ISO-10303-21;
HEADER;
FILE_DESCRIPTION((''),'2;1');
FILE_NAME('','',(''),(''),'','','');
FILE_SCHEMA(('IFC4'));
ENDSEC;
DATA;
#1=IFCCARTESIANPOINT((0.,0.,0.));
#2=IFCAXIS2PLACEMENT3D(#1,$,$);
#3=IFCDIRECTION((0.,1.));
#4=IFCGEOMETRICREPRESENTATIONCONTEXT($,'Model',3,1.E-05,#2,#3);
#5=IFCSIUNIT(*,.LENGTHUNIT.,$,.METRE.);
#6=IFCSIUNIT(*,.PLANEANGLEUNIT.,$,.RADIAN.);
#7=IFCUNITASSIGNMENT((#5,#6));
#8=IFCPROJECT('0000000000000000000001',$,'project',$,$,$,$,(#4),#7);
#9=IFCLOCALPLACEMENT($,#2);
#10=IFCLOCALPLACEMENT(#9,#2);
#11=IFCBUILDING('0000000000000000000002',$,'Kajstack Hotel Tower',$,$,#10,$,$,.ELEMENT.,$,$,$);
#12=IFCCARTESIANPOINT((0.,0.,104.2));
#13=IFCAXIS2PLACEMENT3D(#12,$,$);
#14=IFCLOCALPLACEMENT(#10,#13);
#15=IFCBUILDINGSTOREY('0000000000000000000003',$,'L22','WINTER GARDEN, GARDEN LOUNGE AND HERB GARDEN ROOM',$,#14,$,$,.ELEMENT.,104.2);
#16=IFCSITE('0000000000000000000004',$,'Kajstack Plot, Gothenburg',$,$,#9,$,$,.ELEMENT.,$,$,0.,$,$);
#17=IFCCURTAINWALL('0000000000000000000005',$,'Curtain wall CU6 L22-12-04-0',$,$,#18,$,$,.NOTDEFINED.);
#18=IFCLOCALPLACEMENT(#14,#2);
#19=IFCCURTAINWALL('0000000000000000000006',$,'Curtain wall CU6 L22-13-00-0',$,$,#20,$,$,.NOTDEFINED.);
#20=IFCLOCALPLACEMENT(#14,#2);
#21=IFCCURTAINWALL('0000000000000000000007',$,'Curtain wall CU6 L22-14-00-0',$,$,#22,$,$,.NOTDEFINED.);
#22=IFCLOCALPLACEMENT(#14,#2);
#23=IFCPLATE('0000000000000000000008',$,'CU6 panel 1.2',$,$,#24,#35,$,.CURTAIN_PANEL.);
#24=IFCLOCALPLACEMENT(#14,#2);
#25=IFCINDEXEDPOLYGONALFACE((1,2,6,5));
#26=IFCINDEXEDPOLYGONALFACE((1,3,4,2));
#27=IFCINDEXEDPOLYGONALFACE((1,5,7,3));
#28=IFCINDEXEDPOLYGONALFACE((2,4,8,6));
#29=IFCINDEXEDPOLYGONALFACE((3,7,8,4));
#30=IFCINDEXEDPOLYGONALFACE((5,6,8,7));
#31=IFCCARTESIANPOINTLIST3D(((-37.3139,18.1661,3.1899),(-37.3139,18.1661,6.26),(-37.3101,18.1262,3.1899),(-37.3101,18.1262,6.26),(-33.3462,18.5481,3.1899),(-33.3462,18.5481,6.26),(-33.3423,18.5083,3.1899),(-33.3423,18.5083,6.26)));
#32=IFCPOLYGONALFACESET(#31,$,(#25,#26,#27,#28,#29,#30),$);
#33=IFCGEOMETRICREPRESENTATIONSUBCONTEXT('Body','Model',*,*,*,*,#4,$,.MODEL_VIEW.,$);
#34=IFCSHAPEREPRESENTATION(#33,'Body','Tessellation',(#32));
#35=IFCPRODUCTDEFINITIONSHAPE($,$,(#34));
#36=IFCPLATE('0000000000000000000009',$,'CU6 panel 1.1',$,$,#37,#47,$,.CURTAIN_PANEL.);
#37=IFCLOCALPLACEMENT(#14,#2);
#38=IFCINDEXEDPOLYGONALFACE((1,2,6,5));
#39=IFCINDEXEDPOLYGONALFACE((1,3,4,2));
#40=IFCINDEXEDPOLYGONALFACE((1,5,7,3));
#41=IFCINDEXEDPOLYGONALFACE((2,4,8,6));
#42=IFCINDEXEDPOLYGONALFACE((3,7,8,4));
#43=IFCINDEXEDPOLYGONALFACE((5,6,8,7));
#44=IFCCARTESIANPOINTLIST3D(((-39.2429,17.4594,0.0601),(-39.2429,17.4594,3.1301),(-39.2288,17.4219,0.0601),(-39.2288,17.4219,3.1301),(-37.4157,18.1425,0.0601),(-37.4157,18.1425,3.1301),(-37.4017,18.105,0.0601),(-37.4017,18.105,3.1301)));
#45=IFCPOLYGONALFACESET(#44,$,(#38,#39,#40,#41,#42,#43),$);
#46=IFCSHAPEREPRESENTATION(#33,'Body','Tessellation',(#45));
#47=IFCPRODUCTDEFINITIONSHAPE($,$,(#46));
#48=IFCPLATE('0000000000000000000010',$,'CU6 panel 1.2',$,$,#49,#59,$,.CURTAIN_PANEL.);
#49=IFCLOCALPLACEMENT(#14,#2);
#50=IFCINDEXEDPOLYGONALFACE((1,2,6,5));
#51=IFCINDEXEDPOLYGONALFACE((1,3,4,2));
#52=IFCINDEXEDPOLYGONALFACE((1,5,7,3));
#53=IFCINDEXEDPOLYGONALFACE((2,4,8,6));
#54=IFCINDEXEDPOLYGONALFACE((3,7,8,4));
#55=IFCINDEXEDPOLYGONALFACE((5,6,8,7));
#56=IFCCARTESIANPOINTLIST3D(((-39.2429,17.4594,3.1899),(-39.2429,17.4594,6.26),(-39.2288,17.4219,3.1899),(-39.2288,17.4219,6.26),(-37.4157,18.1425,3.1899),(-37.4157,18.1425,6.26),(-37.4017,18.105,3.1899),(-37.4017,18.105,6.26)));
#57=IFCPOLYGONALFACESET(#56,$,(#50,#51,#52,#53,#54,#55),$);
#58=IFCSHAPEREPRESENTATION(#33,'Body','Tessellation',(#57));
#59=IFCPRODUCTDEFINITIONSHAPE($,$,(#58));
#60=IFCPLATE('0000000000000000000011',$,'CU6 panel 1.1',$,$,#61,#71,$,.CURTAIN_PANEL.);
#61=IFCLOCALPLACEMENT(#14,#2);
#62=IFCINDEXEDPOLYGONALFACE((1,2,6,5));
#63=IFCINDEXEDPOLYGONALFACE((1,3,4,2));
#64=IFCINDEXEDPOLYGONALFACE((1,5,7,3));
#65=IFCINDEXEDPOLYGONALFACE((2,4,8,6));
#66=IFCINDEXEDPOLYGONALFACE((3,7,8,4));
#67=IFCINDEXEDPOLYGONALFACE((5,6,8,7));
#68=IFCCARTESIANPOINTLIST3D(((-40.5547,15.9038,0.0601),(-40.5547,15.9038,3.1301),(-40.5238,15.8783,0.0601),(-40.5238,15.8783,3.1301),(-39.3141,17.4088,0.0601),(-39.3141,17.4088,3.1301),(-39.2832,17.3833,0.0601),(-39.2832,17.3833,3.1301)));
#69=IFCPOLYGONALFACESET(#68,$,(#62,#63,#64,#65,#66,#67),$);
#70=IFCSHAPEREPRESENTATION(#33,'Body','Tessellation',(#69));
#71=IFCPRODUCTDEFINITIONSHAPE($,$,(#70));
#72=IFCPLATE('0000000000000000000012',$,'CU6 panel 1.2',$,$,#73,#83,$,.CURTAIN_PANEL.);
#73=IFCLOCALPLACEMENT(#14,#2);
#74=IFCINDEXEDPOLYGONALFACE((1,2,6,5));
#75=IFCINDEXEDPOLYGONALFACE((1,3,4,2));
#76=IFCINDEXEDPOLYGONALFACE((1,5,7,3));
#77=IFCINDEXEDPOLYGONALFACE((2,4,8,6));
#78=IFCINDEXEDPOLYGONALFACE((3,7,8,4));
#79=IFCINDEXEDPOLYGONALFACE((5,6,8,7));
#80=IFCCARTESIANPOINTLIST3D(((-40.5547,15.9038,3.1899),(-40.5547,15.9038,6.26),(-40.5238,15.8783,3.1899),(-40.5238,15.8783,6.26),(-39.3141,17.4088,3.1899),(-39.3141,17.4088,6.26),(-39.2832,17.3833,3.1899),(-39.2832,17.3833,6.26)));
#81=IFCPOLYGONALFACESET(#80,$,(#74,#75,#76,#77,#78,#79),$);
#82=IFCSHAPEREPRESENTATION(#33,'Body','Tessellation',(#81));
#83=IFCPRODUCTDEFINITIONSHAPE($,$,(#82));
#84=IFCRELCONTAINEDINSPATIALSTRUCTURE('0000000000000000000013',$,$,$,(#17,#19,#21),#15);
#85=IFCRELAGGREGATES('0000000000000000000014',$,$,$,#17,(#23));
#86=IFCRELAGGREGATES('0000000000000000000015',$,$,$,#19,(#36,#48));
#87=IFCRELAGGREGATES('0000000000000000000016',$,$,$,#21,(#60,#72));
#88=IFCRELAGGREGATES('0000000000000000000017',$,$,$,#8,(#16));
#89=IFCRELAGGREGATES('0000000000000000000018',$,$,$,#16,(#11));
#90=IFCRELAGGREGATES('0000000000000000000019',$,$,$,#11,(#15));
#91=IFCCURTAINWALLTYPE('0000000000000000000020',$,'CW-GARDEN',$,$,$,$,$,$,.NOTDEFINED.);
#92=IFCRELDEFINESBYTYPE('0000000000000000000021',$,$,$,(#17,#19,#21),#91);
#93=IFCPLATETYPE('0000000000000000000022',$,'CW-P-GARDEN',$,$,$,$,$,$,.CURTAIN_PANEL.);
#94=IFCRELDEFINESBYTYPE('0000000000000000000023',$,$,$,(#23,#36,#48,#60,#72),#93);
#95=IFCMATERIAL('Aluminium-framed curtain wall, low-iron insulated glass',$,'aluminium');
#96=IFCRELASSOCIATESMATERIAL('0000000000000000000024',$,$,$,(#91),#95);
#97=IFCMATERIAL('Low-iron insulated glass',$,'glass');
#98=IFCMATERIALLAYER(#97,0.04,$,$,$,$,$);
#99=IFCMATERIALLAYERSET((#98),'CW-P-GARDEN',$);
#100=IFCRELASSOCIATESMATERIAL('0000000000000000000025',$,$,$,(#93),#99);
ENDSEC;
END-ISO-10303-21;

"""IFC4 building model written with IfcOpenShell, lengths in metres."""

from ifc_helpers import new_model, si_unit, direction, frame, origin, origin_2d, place, context, subcontext, project, spatial, rectangle, extrude, material, layer, layer_set, type_object, element, aggregate, save


model = new_model("IFC4")

# Units and contexts
model_context = context("Model", 3, precision=1e-05, world=origin(), true_north=direction((0.0, 1.0)))
body_context = subcontext(model_context, "Body", "Model", "MODEL_VIEW")
ifc_project = project(units=[si_unit("LENGTHUNIT", "METRE"), si_unit("PLANEANGLEUNIT", "RADIAN")], contexts=[model_context])

# Site, building, storey
site_placement = place(None, origin())
site = spatial("IfcSite", under=ifc_project, at=site_placement, Name="Kajstack Plot, Gothenburg", CompositionType="ELEMENT", RefElevation=0.0)
building_placement = place(site_placement, origin())
building = spatial("IfcBuilding", under=site, at=building_placement, Name="Kajstack Hotel Tower", CompositionType="ELEMENT")
storey_placement = place(building_placement, frame((0.0, 0.0, 104.2)))
storey = spatial("IfcBuildingStorey", under=building, at=storey_placement, Name="L22", Description="WINTER GARDEN, GARDEN LOUNGE AND HERB GARDEN ROOM", CompositionType="ELEMENT", Elevation=104.2)

# Curtain walls
ifc_material_1 = material(Name="Aluminium-framed curtain wall, low-iron insulated glass", Category="aluminium")
curtain_wall_type = type_object("IfcCurtainWallType", Name="CW-GARDEN", PredefinedType="NOTDEFINED", material=ifc_material_1)
curtain_wall_1_placement = place(storey_placement, origin())
curtain_wall_1 = element("IfcCurtainWall", 1, at=curtain_wall_1_placement, inside=storey, type_object=curtain_wall_type, Name="Curtain wall CU6 L22-12-04-0", PredefinedType="NOTDEFINED")
curtain_wall_2_placement = place(storey_placement, origin())
curtain_wall_2 = element("IfcCurtainWall", 2, at=curtain_wall_2_placement, inside=storey, type_object=curtain_wall_type, Name="Curtain wall CU6 L22-13-00-0", PredefinedType="NOTDEFINED")
curtain_wall_3_placement = place(storey_placement, origin())
curtain_wall_3 = element("IfcCurtainWall", 3, at=curtain_wall_3_placement, inside=storey, type_object=curtain_wall_type, Name="Curtain wall CU6 L22-14-00-0", PredefinedType="NOTDEFINED")

# Plates
ifc_material_2 = material(Name="Low-iron insulated glass", Category="glass")
ifc_layer_1 = layer(ifc_material_2, 0.04)
ifc_layer_set_1 = layer_set([ifc_layer_1], Name="CW-P-GARDEN")
plate_type = type_object("IfcPlateType", Name="CW-P-GARDEN", PredefinedType="CURTAIN_PANEL", material=ifc_layer_set_1)
plate_1_placement = place(storey_placement, frame((-35.3281, 18.3372, 3.1899), z_axis=(0.0, 0.0, 1.0), x_axis=(-0.995396, -0.095846, 0.0)))
plate_1 = element("IfcPlate", 4, at=plate_1_placement, type_object=plate_type, Name="CU6 panel 1.2", PredefinedType="CURTAIN_PANEL", context=body_context, shape_type="SweptSolid", body=[
    extrude(rectangle(XDim=3.9861, YDim=0.04, at=origin_2d()), origin(), (0.0, 0.0, 1.0), 3.0701),
])
aggregate(curtain_wall_1, [plate_1])
plate_2_placement = place(storey_placement, frame((-38.3223, 17.7822, 0.0601), z_axis=(0.0, 0.0, 1.0), x_axis=(-0.93668, -0.350186, 0.0)))
plate_2 = element("IfcPlate", 5, at=plate_2_placement, type_object=plate_type, Name="CU6 panel 1.1", PredefinedType="CURTAIN_PANEL", context=body_context, shape_type="SweptSolid", body=[
    extrude(rectangle(XDim=1.9507, YDim=0.04, at=origin_2d()), origin(), (0.0, 0.0, 1.0), 3.0701),
])
plate_3_placement = place(storey_placement, frame((-38.3223, 17.7822, 3.1899), z_axis=(0.0, 0.0, 1.0), x_axis=(-0.93668, -0.350186, 0.0)))
plate_3 = element("IfcPlate", 6, at=plate_3_placement, type_object=plate_type, Name="CU6 panel 1.2", PredefinedType="CURTAIN_PANEL", context=body_context, shape_type="SweptSolid", body=[
    extrude(rectangle(XDim=1.9507, YDim=0.04, at=origin_2d()), origin(), (0.0, 0.0, 1.0), 3.0701),
])
aggregate(curtain_wall_2, [plate_2, plate_3])
plate_4_placement = place(storey_placement, frame((-39.9189, 16.6436, 0.0601), z_axis=(0.0, 0.0, 1.0), x_axis=(-0.636066, -0.771635, 0.0)))
plate_4 = element("IfcPlate", 7, at=plate_4_placement, type_object=plate_type, Name="CU6 panel 1.1", PredefinedType="CURTAIN_PANEL", context=body_context, shape_type="SweptSolid", body=[
    extrude(rectangle(XDim=1.9504, YDim=0.04, at=origin_2d()), origin(), (0.0, 0.0, 1.0), 3.0701),
])
plate_5_placement = place(storey_placement, frame((-39.9189, 16.6436, 3.1899), z_axis=(0.0, 0.0, 1.0), x_axis=(-0.636066, -0.771635, 0.0)))
plate_5 = element("IfcPlate", 8, at=plate_5_placement, type_object=plate_type, Name="CU6 panel 1.2", PredefinedType="CURTAIN_PANEL", context=body_context, shape_type="SweptSolid", body=[
    extrude(rectangle(XDim=1.9504, YDim=0.04, at=origin_2d()), origin(), (0.0, 0.0, 1.0), 3.0701),
])
aggregate(curtain_wall_3, [plate_4, plate_5])

save(model, "model.ifc")
